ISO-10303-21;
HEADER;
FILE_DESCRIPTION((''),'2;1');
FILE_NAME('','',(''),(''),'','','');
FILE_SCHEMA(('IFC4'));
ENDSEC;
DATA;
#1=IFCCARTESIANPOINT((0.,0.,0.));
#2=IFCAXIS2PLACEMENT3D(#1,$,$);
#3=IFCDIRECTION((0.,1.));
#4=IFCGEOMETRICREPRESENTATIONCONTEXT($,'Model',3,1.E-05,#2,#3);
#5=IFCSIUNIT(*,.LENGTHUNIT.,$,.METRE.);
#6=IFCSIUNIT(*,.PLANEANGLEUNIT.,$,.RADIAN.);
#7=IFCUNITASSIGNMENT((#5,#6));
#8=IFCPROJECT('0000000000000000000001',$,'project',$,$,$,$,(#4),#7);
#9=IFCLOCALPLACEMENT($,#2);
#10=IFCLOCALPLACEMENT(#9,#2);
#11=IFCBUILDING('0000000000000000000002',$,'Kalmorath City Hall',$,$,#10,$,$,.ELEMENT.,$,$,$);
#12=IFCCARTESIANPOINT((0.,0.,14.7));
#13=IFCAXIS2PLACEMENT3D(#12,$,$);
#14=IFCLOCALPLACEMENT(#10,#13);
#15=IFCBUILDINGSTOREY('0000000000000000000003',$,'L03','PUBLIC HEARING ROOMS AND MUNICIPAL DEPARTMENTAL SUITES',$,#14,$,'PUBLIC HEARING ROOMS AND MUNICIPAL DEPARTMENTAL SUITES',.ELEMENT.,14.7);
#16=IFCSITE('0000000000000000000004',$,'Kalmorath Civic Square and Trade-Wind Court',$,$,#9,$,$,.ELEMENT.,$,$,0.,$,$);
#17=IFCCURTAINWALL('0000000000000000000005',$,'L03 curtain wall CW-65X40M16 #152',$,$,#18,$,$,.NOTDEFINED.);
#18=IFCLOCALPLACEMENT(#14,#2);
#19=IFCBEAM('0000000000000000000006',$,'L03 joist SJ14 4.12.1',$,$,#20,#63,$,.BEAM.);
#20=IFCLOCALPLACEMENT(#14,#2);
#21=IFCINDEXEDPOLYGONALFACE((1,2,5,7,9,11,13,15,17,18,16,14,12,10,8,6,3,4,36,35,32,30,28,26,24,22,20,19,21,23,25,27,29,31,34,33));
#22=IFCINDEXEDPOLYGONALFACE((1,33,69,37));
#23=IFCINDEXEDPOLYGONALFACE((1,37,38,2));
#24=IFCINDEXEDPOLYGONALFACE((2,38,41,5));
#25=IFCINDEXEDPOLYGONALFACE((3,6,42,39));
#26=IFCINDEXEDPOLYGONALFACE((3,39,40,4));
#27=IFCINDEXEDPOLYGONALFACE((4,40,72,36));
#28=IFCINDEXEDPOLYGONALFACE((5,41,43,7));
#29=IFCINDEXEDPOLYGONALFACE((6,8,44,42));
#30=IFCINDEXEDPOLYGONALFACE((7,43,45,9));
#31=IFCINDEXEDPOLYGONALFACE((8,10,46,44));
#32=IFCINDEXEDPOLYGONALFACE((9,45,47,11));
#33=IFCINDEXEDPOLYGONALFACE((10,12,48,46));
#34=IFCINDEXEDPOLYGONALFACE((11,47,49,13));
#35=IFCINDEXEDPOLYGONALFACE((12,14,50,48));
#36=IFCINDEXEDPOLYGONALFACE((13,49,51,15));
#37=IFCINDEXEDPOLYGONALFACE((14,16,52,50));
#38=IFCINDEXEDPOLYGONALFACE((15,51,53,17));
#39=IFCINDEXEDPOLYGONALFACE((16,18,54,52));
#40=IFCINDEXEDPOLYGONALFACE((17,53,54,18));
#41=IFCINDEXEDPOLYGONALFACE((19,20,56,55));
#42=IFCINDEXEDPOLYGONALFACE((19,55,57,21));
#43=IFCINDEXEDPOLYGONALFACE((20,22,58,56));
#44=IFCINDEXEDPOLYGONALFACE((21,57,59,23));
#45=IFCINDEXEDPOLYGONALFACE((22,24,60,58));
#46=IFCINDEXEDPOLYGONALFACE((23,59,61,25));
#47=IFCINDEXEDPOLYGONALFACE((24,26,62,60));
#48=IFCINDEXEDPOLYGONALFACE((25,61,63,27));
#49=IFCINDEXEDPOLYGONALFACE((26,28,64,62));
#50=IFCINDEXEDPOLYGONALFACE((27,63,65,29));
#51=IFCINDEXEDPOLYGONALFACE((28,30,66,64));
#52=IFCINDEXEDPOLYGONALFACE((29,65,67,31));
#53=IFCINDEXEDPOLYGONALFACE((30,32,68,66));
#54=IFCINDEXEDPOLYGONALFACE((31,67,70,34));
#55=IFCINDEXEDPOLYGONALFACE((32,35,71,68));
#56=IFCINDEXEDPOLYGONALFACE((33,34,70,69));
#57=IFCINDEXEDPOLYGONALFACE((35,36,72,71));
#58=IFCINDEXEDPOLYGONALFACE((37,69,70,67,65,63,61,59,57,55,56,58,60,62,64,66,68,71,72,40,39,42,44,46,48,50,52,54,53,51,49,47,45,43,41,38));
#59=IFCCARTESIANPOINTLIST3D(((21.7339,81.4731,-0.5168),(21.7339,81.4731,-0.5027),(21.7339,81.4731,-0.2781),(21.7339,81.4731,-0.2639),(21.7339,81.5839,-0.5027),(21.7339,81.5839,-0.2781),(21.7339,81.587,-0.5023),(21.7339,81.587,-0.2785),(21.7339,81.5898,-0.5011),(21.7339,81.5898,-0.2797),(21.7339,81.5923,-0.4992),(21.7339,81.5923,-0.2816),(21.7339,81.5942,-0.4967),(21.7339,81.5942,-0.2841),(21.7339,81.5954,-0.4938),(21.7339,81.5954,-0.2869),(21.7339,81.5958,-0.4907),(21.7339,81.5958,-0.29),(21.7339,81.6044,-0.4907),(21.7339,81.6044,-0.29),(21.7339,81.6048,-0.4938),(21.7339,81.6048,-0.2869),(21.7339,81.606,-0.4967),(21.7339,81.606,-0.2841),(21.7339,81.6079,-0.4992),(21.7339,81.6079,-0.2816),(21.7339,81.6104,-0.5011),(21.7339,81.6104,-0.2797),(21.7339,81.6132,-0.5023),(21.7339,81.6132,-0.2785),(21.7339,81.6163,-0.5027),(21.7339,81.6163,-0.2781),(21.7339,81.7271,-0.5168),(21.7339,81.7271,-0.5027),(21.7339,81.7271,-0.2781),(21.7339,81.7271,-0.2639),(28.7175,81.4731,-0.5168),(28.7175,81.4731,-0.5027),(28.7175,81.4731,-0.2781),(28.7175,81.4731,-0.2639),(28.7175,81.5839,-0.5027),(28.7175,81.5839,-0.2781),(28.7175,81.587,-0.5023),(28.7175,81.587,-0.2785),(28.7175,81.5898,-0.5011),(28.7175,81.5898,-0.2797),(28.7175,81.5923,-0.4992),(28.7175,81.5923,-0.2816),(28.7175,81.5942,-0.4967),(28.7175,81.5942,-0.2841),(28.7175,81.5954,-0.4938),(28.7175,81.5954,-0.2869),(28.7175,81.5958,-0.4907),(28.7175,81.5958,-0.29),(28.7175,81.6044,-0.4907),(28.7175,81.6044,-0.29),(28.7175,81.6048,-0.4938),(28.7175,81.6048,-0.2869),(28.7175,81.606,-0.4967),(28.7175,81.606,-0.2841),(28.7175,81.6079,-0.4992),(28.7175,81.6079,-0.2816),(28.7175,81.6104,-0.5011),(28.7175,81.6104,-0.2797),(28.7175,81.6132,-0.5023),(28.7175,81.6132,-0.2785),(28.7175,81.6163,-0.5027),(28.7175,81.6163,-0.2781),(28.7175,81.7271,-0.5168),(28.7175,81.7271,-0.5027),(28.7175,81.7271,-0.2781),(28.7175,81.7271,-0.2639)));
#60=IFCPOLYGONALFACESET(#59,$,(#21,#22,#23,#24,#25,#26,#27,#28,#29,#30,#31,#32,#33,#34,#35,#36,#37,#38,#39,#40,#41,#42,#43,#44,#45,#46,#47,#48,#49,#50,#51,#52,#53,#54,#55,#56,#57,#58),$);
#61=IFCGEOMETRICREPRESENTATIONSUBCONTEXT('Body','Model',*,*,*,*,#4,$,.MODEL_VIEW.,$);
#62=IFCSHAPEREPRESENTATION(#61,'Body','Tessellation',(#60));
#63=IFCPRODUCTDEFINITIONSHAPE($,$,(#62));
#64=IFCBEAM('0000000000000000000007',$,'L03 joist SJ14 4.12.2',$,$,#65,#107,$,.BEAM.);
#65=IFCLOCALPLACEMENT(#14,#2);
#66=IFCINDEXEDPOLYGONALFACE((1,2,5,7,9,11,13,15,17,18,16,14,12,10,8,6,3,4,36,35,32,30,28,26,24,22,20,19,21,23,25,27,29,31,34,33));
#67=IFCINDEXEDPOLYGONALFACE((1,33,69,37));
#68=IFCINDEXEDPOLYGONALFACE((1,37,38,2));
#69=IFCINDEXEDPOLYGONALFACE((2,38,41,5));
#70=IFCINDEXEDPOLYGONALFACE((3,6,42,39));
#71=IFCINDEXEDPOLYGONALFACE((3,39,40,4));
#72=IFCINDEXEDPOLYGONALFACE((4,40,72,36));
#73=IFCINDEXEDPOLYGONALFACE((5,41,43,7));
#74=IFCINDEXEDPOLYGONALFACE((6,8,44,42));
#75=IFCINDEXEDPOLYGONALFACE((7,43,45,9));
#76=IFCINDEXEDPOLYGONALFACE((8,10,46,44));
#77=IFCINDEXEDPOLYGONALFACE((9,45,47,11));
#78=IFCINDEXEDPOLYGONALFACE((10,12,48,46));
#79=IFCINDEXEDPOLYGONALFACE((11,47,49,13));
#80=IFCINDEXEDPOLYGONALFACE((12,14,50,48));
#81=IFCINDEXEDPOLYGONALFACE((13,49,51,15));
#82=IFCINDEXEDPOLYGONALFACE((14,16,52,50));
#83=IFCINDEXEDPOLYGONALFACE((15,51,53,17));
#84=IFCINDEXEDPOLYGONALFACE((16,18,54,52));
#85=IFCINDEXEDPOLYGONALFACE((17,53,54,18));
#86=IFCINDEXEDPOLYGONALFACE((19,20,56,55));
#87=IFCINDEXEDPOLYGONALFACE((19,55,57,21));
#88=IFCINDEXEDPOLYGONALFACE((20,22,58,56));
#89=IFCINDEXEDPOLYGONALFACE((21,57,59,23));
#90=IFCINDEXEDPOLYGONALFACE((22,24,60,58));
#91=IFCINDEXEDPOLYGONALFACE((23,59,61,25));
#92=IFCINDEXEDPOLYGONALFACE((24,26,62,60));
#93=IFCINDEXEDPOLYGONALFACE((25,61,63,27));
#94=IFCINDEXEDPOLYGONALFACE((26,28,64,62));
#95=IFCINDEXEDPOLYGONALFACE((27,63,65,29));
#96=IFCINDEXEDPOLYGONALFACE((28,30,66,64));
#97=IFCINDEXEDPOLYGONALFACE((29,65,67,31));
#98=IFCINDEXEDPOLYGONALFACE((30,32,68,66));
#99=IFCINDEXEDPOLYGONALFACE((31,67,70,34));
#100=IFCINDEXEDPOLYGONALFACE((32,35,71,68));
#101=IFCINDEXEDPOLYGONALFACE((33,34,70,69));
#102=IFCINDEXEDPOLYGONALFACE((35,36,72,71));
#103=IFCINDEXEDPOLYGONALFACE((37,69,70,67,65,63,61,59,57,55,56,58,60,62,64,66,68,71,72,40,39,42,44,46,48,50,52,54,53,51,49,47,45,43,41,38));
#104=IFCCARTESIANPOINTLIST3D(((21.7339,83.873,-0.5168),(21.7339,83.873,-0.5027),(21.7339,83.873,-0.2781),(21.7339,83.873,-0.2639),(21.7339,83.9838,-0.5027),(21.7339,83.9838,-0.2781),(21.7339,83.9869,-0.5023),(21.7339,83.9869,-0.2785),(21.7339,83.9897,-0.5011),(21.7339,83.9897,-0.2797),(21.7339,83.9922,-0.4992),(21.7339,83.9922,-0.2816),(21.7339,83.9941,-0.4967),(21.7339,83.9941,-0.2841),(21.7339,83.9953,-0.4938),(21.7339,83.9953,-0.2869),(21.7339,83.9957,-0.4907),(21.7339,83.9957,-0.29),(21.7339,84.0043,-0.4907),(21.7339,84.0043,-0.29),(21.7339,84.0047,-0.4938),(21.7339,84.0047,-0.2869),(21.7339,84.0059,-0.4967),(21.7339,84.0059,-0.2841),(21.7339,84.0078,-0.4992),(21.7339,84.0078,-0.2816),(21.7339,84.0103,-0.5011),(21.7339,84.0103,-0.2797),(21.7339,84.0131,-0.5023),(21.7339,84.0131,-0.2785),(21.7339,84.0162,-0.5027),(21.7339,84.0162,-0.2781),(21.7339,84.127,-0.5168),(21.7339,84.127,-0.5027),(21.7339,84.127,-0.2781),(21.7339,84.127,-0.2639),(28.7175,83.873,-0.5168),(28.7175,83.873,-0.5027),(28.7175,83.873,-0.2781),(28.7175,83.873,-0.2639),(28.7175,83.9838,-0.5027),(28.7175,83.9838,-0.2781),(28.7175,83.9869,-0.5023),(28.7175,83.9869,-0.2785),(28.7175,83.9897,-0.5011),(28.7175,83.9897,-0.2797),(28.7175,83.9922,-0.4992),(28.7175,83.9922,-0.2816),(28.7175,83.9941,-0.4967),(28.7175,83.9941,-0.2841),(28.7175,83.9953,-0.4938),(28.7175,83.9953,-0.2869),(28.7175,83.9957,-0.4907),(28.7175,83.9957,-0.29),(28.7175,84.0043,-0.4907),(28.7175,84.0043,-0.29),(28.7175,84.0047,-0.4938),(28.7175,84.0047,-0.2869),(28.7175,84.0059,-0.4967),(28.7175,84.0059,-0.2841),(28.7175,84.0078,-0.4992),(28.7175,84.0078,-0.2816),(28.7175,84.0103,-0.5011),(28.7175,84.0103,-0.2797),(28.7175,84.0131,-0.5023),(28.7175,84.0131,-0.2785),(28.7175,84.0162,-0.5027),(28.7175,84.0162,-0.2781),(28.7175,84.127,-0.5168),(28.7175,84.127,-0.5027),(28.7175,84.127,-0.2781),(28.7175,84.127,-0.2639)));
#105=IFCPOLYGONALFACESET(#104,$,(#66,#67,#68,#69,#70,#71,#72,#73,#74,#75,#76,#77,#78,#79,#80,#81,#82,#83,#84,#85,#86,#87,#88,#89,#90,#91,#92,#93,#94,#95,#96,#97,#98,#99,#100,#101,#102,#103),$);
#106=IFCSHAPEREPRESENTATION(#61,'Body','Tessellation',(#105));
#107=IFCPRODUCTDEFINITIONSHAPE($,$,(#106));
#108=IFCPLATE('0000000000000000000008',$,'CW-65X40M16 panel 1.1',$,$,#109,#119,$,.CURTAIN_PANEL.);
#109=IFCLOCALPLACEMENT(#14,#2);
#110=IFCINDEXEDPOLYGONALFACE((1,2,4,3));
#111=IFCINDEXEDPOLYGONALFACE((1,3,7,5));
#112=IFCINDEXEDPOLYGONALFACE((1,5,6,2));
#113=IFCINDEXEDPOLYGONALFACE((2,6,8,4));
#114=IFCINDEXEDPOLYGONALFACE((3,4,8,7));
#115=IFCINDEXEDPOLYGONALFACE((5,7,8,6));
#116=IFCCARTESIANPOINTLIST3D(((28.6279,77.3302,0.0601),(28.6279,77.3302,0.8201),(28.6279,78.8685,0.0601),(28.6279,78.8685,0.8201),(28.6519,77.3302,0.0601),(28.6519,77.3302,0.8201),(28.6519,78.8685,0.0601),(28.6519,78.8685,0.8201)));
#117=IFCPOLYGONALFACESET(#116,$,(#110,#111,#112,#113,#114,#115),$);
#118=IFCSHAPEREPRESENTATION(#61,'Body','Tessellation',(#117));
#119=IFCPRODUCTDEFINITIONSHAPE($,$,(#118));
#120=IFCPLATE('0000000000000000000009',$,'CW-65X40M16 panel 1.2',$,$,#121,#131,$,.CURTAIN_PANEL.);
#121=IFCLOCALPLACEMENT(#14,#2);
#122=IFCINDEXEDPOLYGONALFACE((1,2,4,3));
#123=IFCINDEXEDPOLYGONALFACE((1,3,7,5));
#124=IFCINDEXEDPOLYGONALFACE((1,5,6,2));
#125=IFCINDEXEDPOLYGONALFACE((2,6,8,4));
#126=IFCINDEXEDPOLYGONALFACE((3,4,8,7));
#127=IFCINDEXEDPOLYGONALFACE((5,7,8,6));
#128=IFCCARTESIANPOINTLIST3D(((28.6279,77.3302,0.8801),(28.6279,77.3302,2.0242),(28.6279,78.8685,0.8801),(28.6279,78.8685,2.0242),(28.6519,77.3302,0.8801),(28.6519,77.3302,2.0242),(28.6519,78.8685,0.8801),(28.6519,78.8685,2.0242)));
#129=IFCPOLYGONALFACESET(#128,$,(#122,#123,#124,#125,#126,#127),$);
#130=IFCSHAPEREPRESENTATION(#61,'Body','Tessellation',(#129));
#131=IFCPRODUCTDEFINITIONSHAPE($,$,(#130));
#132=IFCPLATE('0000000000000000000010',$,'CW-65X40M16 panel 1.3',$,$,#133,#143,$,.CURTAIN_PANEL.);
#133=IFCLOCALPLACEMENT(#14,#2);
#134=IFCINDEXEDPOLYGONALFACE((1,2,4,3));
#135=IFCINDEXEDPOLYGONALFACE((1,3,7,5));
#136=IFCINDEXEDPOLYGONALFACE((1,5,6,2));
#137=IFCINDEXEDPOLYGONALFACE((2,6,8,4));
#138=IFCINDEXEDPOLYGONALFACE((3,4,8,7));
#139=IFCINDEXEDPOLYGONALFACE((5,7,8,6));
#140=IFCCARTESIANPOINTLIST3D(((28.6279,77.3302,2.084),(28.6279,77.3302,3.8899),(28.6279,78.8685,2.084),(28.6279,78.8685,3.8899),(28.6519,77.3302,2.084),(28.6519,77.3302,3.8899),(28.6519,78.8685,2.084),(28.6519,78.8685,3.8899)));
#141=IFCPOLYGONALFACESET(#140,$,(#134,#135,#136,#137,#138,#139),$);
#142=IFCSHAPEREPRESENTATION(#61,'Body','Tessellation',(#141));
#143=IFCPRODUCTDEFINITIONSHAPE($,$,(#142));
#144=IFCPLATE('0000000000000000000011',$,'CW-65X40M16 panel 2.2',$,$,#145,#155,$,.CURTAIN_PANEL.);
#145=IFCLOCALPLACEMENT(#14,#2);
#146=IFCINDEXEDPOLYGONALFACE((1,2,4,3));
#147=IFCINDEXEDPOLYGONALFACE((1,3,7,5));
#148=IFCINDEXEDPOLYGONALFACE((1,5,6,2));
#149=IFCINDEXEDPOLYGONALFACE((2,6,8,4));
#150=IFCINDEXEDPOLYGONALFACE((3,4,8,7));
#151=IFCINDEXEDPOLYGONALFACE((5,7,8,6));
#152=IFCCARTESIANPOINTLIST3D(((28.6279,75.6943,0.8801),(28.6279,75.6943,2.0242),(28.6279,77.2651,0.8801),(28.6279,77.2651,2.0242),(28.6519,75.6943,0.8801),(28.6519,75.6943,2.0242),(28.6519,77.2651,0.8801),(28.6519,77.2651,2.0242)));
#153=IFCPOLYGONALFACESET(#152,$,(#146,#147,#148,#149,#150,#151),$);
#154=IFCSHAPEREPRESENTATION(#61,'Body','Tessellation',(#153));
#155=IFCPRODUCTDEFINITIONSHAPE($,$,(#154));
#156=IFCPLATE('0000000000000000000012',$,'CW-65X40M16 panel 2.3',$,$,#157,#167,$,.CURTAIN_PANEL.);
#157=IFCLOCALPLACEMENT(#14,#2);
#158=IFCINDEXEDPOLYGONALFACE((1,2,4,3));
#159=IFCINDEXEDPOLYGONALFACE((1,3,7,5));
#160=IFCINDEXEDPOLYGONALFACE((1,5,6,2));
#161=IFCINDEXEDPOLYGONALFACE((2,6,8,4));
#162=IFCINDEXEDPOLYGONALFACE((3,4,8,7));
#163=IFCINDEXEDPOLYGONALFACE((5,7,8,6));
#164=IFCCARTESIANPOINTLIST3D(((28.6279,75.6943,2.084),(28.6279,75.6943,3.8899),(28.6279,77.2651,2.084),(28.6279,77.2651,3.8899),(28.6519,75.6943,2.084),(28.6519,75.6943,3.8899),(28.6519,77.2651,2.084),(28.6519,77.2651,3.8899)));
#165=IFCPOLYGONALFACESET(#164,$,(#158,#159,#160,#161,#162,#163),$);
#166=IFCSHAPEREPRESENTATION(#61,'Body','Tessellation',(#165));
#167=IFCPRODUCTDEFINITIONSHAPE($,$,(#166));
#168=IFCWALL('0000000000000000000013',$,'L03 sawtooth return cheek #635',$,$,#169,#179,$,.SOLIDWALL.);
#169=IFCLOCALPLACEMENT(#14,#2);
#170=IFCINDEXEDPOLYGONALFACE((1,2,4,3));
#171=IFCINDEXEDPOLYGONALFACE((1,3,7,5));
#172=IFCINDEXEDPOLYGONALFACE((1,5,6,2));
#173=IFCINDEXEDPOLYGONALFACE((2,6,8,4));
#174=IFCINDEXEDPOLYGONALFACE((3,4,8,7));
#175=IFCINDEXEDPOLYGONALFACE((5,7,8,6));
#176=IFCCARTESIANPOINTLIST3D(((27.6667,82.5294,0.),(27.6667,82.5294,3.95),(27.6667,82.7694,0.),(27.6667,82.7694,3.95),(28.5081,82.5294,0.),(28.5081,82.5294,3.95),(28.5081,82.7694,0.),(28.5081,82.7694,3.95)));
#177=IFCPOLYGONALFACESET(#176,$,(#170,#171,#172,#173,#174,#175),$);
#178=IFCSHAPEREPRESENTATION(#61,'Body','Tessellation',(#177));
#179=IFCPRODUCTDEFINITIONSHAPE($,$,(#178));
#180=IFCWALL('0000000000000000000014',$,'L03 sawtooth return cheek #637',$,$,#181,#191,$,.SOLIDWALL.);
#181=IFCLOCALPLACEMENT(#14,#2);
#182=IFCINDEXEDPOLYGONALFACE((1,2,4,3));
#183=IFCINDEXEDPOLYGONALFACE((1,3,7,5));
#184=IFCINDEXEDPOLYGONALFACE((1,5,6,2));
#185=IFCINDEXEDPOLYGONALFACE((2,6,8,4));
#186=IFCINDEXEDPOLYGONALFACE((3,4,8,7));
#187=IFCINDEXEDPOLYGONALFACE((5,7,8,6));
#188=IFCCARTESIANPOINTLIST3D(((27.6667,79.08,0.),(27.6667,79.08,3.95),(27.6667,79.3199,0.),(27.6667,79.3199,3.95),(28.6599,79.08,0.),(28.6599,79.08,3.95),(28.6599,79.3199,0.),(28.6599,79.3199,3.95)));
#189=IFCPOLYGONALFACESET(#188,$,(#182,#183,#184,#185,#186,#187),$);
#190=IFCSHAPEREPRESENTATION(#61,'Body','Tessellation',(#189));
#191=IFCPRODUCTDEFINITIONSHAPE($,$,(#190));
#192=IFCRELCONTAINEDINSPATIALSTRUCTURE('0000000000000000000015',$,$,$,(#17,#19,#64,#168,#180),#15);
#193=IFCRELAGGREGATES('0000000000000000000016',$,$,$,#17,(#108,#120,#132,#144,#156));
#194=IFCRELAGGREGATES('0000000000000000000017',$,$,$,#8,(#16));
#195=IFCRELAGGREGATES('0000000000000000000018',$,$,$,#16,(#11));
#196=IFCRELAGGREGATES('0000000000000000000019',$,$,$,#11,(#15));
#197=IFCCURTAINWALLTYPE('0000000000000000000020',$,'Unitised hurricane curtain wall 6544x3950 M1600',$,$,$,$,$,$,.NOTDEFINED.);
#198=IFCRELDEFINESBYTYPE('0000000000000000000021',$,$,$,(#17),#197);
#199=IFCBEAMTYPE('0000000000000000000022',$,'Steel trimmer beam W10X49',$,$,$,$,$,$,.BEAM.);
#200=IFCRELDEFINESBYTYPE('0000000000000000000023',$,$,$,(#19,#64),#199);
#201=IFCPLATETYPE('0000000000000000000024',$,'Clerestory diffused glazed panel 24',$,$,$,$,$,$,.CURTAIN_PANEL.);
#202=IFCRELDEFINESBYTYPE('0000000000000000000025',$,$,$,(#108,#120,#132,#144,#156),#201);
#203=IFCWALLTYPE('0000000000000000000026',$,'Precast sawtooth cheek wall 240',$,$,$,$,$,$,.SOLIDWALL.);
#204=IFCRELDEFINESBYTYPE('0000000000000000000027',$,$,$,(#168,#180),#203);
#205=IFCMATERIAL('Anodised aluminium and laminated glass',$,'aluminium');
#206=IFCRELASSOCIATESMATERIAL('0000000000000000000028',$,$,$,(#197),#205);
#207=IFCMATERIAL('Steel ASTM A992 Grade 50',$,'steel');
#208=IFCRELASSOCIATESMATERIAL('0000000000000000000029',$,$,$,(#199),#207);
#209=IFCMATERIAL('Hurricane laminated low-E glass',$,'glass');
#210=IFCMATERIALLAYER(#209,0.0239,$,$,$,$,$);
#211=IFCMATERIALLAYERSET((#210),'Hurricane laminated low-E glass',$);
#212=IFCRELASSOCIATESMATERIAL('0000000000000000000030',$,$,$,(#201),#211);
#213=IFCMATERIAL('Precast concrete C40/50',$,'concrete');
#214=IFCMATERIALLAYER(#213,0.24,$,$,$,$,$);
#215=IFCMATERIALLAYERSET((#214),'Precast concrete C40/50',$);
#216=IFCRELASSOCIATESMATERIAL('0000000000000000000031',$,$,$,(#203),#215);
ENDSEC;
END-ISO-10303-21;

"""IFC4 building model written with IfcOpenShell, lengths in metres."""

from ifc_helpers import new_model, si_unit, direction, frame, frame_2d, origin, origin_2d, place, context, subcontext, project, spatial, rectangle, i_section, extrude, material, layer, layer_set, material_profile, profile_set, type_object, element, aggregate, save


model = new_model("IFC4")

# Units and contexts
model_context = context("Model", 3, precision=1e-05, world=origin(), true_north=direction((0.0, 1.0)))
body_context = subcontext(model_context, "Body", "Model", "MODEL_VIEW")
ifc_project = project(units=[si_unit("LENGTHUNIT", "METRE"), si_unit("PLANEANGLEUNIT", "RADIAN")], contexts=[model_context])

# Site, building, storey
site_placement = place(None, origin())
site = spatial("IfcSite", under=ifc_project, at=site_placement, Name="Kalmorath Civic Square and Trade-Wind Court", CompositionType="ELEMENT", RefElevation=0.0)
building_placement = place(site_placement, origin())
building = spatial("IfcBuilding", under=site, at=building_placement, Name="Kalmorath City Hall", CompositionType="ELEMENT")
storey_placement = place(building_placement, frame((0.0, 0.0, 14.7)))
storey = spatial("IfcBuildingStorey", under=building, at=storey_placement, Name="L03", Description="PUBLIC HEARING ROOMS AND MUNICIPAL DEPARTMENTAL SUITES", LongName="PUBLIC HEARING ROOMS AND MUNICIPAL DEPARTMENTAL SUITES", CompositionType="ELEMENT", Elevation=14.7)

# Curtain wall
ifc_material_1 = material(Name="Anodised aluminium and laminated glass", Category="aluminium")
curtain_wall_type = type_object("IfcCurtainWallType", Name="Unitised hurricane curtain wall 6544x3950 M1600", PredefinedType="NOTDEFINED", material=ifc_material_1)
curtain_wall_placement = place(storey_placement, origin())
curtain_wall = element("IfcCurtainWall", 1, at=curtain_wall_placement, inside=storey, type_object=curtain_wall_type, Name="L03 curtain wall CW-65X40M16 #152", PredefinedType="NOTDEFINED")

# Beams
ifc_material_2 = material(Name="Steel ASTM A992 Grade 50", Category="steel")
ifc_material_profile_1 = material_profile(ifc_material_2, i_section(OverallWidth=0.2539, OverallDepth=0.2529, WebThickness=0.0085, FlangeThickness=0.0142, FilletRadius=0.012, at=origin_2d()), Name="W10X49")
ifc_profile_set_1 = profile_set([ifc_material_profile_1], Name="Steel ASTM A992 Grade 50")
beam_type_1 = type_object("IfcBeamType", Name="Steel trimmer beam W10X49", PredefinedType="BEAM", material=ifc_profile_set_1)
for number, where, z_axis, x_axis, name in (
    (2, (21.7339, 81.6001, -0.3904), (1.0, 0.0, 0.0), (0.0, 1.0, 0.0), "L03 joist SJ14 4.12.1"),
    (3, (21.7339, 84.0, -0.3904), (1.0, 0.0, 0.0), (0.0, 1.0, 0.0), "L03 joist SJ14 4.12.2"),
):
    element("IfcBeam", number, at=place(storey_placement, frame(where, z_axis=z_axis, x_axis=x_axis)), inside=storey, type_object=beam_type_1, Name=name, PredefinedType="BEAM", context=body_context, shape_type="SweptSolid", body=[
        extrude(i_section(OverallWidth=0.2539, OverallDepth=0.2529, WebThickness=0.0085, FlangeThickness=0.0142, FilletRadius=0.012, at=origin_2d()), origin(), (0.0, 0.0, 1.0), 6.9836),
    ])

# Plates
ifc_material_3 = material(Name="Hurricane laminated low-E glass", Category="glass")
ifc_layer_1 = layer(ifc_material_3, 0.0239)
ifc_layer_set_1 = layer_set([ifc_layer_1], Name="Hurricane laminated low-E glass")
plate_type = type_object("IfcPlateType", Name="Clerestory diffused glazed panel 24", PredefinedType="CURTAIN_PANEL", material=ifc_layer_set_1)
plate_1_placement = place(storey_placement, frame((28.6399, 78.0994, 0.0601), z_axis=(0.0, 0.0, 1.0), x_axis=(0.0, -1.0, 0.0)))
plate_1 = element("IfcPlate", 4, at=plate_1_placement, type_object=plate_type, Name="CW-65X40M16 panel 1.1", PredefinedType="CURTAIN_PANEL", context=body_context, shape_type="SweptSolid", body=[
    extrude(rectangle(XDim=1.5383, YDim=0.0239, at=origin_2d()), origin(), (0.0, 0.0, 1.0), 0.76),
])
plate_2_placement = place(storey_placement, frame((28.6399, 78.0994, 0.8801), z_axis=(0.0, 0.0, 1.0), x_axis=(0.0, -1.0, 0.0)))
plate_2 = element("IfcPlate", 5, at=plate_2_placement, type_object=plate_type, Name="CW-65X40M16 panel 1.2", PredefinedType="CURTAIN_PANEL", context=body_context, shape_type="SweptSolid", body=[
    extrude(rectangle(XDim=1.5383, YDim=0.0239, at=origin_2d()), origin(), (0.0, 0.0, 1.0), 1.144),
])
plate_3_placement = place(storey_placement, frame((28.6399, 78.0994, 2.084), z_axis=(0.0, 0.0, 1.0), x_axis=(0.0, -1.0, 0.0)))
plate_3 = element("IfcPlate", 6, at=plate_3_placement, type_object=plate_type, Name="CW-65X40M16 panel 1.3", PredefinedType="CURTAIN_PANEL", context=body_context, shape_type="SweptSolid", body=[
    extrude(rectangle(XDim=1.5383, YDim=0.0239, at=origin_2d()), origin(), (0.0, 0.0, 1.0), 1.8059),
])
plate_4_placement = place(storey_placement, frame((28.6399, 76.4797, 0.8801), z_axis=(0.0, 0.0, 1.0), x_axis=(0.0, -1.0, 0.0)))
plate_4 = element("IfcPlate", 7, at=plate_4_placement, type_object=plate_type, Name="CW-65X40M16 panel 2.2", PredefinedType="CURTAIN_PANEL", context=body_context, shape_type="SweptSolid", body=[
    extrude(rectangle(XDim=1.5708, YDim=0.0239, at=origin_2d()), origin(), (0.0, 0.0, 1.0), 1.144),
])
plate_5_placement = place(storey_placement, frame((28.6399, 76.4797, 2.084), z_axis=(0.0, 0.0, 1.0), x_axis=(0.0, -1.0, 0.0)))
plate_5 = element("IfcPlate", 8, at=plate_5_placement, type_object=plate_type, Name="CW-65X40M16 panel 2.3", PredefinedType="CURTAIN_PANEL", context=body_context, shape_type="SweptSolid", body=[
    extrude(rectangle(XDim=1.5708, YDim=0.0239, at=origin_2d()), origin(), (0.0, 0.0, 1.0), 1.8059),
])
aggregate(curtain_wall, [plate_1, plate_2, plate_3, plate_4, plate_5])

# Walls
ifc_material_4 = material(Name="Precast concrete C40/50", Category="concrete")
ifc_layer_2 = layer(ifc_material_4, 0.24)
ifc_layer_set_2 = layer_set([ifc_layer_2], Name="Precast concrete C40/50")
wall_type_1 = type_object("IfcWallType", Name="Precast sawtooth cheek wall 240", PredefinedType="SOLIDWALL", material=ifc_layer_set_2)
wall_1_placement = place(storey_placement, frame((27.6667, 82.6494, 0.0), z_axis=(0.0, 0.0, 1.0), x_axis=(1.0, 0.0, 0.0)))
element("IfcWall", 9, at=wall_1_placement, inside=storey, type_object=wall_type_1, Name="L03 sawtooth return cheek #635", PredefinedType="SOLIDWALL", context=body_context, shape_type="SweptSolid", body=[
    extrude(rectangle(XDim=0.8413, YDim=0.24, at=frame_2d((0.4207, 0.0))), origin(), (0.0, 0.0, 1.0), 3.95),
])
wall_2_placement = place(storey_placement, frame((27.6667, 79.2, 0.0), z_axis=(0.0, 0.0, 1.0), x_axis=(1.0, 0.0, 0.0)))
element("IfcWall", 10, at=wall_2_placement, inside=storey, type_object=wall_type_1, Name="L03 sawtooth return cheek #637", PredefinedType="SOLIDWALL", context=body_context, shape_type="SweptSolid", body=[
    extrude(rectangle(XDim=0.9932, YDim=0.24, at=frame_2d((0.4966, 0.0))), origin(), (0.0, 0.0, 1.0), 3.95),
])

save(model, "model.ifc")
